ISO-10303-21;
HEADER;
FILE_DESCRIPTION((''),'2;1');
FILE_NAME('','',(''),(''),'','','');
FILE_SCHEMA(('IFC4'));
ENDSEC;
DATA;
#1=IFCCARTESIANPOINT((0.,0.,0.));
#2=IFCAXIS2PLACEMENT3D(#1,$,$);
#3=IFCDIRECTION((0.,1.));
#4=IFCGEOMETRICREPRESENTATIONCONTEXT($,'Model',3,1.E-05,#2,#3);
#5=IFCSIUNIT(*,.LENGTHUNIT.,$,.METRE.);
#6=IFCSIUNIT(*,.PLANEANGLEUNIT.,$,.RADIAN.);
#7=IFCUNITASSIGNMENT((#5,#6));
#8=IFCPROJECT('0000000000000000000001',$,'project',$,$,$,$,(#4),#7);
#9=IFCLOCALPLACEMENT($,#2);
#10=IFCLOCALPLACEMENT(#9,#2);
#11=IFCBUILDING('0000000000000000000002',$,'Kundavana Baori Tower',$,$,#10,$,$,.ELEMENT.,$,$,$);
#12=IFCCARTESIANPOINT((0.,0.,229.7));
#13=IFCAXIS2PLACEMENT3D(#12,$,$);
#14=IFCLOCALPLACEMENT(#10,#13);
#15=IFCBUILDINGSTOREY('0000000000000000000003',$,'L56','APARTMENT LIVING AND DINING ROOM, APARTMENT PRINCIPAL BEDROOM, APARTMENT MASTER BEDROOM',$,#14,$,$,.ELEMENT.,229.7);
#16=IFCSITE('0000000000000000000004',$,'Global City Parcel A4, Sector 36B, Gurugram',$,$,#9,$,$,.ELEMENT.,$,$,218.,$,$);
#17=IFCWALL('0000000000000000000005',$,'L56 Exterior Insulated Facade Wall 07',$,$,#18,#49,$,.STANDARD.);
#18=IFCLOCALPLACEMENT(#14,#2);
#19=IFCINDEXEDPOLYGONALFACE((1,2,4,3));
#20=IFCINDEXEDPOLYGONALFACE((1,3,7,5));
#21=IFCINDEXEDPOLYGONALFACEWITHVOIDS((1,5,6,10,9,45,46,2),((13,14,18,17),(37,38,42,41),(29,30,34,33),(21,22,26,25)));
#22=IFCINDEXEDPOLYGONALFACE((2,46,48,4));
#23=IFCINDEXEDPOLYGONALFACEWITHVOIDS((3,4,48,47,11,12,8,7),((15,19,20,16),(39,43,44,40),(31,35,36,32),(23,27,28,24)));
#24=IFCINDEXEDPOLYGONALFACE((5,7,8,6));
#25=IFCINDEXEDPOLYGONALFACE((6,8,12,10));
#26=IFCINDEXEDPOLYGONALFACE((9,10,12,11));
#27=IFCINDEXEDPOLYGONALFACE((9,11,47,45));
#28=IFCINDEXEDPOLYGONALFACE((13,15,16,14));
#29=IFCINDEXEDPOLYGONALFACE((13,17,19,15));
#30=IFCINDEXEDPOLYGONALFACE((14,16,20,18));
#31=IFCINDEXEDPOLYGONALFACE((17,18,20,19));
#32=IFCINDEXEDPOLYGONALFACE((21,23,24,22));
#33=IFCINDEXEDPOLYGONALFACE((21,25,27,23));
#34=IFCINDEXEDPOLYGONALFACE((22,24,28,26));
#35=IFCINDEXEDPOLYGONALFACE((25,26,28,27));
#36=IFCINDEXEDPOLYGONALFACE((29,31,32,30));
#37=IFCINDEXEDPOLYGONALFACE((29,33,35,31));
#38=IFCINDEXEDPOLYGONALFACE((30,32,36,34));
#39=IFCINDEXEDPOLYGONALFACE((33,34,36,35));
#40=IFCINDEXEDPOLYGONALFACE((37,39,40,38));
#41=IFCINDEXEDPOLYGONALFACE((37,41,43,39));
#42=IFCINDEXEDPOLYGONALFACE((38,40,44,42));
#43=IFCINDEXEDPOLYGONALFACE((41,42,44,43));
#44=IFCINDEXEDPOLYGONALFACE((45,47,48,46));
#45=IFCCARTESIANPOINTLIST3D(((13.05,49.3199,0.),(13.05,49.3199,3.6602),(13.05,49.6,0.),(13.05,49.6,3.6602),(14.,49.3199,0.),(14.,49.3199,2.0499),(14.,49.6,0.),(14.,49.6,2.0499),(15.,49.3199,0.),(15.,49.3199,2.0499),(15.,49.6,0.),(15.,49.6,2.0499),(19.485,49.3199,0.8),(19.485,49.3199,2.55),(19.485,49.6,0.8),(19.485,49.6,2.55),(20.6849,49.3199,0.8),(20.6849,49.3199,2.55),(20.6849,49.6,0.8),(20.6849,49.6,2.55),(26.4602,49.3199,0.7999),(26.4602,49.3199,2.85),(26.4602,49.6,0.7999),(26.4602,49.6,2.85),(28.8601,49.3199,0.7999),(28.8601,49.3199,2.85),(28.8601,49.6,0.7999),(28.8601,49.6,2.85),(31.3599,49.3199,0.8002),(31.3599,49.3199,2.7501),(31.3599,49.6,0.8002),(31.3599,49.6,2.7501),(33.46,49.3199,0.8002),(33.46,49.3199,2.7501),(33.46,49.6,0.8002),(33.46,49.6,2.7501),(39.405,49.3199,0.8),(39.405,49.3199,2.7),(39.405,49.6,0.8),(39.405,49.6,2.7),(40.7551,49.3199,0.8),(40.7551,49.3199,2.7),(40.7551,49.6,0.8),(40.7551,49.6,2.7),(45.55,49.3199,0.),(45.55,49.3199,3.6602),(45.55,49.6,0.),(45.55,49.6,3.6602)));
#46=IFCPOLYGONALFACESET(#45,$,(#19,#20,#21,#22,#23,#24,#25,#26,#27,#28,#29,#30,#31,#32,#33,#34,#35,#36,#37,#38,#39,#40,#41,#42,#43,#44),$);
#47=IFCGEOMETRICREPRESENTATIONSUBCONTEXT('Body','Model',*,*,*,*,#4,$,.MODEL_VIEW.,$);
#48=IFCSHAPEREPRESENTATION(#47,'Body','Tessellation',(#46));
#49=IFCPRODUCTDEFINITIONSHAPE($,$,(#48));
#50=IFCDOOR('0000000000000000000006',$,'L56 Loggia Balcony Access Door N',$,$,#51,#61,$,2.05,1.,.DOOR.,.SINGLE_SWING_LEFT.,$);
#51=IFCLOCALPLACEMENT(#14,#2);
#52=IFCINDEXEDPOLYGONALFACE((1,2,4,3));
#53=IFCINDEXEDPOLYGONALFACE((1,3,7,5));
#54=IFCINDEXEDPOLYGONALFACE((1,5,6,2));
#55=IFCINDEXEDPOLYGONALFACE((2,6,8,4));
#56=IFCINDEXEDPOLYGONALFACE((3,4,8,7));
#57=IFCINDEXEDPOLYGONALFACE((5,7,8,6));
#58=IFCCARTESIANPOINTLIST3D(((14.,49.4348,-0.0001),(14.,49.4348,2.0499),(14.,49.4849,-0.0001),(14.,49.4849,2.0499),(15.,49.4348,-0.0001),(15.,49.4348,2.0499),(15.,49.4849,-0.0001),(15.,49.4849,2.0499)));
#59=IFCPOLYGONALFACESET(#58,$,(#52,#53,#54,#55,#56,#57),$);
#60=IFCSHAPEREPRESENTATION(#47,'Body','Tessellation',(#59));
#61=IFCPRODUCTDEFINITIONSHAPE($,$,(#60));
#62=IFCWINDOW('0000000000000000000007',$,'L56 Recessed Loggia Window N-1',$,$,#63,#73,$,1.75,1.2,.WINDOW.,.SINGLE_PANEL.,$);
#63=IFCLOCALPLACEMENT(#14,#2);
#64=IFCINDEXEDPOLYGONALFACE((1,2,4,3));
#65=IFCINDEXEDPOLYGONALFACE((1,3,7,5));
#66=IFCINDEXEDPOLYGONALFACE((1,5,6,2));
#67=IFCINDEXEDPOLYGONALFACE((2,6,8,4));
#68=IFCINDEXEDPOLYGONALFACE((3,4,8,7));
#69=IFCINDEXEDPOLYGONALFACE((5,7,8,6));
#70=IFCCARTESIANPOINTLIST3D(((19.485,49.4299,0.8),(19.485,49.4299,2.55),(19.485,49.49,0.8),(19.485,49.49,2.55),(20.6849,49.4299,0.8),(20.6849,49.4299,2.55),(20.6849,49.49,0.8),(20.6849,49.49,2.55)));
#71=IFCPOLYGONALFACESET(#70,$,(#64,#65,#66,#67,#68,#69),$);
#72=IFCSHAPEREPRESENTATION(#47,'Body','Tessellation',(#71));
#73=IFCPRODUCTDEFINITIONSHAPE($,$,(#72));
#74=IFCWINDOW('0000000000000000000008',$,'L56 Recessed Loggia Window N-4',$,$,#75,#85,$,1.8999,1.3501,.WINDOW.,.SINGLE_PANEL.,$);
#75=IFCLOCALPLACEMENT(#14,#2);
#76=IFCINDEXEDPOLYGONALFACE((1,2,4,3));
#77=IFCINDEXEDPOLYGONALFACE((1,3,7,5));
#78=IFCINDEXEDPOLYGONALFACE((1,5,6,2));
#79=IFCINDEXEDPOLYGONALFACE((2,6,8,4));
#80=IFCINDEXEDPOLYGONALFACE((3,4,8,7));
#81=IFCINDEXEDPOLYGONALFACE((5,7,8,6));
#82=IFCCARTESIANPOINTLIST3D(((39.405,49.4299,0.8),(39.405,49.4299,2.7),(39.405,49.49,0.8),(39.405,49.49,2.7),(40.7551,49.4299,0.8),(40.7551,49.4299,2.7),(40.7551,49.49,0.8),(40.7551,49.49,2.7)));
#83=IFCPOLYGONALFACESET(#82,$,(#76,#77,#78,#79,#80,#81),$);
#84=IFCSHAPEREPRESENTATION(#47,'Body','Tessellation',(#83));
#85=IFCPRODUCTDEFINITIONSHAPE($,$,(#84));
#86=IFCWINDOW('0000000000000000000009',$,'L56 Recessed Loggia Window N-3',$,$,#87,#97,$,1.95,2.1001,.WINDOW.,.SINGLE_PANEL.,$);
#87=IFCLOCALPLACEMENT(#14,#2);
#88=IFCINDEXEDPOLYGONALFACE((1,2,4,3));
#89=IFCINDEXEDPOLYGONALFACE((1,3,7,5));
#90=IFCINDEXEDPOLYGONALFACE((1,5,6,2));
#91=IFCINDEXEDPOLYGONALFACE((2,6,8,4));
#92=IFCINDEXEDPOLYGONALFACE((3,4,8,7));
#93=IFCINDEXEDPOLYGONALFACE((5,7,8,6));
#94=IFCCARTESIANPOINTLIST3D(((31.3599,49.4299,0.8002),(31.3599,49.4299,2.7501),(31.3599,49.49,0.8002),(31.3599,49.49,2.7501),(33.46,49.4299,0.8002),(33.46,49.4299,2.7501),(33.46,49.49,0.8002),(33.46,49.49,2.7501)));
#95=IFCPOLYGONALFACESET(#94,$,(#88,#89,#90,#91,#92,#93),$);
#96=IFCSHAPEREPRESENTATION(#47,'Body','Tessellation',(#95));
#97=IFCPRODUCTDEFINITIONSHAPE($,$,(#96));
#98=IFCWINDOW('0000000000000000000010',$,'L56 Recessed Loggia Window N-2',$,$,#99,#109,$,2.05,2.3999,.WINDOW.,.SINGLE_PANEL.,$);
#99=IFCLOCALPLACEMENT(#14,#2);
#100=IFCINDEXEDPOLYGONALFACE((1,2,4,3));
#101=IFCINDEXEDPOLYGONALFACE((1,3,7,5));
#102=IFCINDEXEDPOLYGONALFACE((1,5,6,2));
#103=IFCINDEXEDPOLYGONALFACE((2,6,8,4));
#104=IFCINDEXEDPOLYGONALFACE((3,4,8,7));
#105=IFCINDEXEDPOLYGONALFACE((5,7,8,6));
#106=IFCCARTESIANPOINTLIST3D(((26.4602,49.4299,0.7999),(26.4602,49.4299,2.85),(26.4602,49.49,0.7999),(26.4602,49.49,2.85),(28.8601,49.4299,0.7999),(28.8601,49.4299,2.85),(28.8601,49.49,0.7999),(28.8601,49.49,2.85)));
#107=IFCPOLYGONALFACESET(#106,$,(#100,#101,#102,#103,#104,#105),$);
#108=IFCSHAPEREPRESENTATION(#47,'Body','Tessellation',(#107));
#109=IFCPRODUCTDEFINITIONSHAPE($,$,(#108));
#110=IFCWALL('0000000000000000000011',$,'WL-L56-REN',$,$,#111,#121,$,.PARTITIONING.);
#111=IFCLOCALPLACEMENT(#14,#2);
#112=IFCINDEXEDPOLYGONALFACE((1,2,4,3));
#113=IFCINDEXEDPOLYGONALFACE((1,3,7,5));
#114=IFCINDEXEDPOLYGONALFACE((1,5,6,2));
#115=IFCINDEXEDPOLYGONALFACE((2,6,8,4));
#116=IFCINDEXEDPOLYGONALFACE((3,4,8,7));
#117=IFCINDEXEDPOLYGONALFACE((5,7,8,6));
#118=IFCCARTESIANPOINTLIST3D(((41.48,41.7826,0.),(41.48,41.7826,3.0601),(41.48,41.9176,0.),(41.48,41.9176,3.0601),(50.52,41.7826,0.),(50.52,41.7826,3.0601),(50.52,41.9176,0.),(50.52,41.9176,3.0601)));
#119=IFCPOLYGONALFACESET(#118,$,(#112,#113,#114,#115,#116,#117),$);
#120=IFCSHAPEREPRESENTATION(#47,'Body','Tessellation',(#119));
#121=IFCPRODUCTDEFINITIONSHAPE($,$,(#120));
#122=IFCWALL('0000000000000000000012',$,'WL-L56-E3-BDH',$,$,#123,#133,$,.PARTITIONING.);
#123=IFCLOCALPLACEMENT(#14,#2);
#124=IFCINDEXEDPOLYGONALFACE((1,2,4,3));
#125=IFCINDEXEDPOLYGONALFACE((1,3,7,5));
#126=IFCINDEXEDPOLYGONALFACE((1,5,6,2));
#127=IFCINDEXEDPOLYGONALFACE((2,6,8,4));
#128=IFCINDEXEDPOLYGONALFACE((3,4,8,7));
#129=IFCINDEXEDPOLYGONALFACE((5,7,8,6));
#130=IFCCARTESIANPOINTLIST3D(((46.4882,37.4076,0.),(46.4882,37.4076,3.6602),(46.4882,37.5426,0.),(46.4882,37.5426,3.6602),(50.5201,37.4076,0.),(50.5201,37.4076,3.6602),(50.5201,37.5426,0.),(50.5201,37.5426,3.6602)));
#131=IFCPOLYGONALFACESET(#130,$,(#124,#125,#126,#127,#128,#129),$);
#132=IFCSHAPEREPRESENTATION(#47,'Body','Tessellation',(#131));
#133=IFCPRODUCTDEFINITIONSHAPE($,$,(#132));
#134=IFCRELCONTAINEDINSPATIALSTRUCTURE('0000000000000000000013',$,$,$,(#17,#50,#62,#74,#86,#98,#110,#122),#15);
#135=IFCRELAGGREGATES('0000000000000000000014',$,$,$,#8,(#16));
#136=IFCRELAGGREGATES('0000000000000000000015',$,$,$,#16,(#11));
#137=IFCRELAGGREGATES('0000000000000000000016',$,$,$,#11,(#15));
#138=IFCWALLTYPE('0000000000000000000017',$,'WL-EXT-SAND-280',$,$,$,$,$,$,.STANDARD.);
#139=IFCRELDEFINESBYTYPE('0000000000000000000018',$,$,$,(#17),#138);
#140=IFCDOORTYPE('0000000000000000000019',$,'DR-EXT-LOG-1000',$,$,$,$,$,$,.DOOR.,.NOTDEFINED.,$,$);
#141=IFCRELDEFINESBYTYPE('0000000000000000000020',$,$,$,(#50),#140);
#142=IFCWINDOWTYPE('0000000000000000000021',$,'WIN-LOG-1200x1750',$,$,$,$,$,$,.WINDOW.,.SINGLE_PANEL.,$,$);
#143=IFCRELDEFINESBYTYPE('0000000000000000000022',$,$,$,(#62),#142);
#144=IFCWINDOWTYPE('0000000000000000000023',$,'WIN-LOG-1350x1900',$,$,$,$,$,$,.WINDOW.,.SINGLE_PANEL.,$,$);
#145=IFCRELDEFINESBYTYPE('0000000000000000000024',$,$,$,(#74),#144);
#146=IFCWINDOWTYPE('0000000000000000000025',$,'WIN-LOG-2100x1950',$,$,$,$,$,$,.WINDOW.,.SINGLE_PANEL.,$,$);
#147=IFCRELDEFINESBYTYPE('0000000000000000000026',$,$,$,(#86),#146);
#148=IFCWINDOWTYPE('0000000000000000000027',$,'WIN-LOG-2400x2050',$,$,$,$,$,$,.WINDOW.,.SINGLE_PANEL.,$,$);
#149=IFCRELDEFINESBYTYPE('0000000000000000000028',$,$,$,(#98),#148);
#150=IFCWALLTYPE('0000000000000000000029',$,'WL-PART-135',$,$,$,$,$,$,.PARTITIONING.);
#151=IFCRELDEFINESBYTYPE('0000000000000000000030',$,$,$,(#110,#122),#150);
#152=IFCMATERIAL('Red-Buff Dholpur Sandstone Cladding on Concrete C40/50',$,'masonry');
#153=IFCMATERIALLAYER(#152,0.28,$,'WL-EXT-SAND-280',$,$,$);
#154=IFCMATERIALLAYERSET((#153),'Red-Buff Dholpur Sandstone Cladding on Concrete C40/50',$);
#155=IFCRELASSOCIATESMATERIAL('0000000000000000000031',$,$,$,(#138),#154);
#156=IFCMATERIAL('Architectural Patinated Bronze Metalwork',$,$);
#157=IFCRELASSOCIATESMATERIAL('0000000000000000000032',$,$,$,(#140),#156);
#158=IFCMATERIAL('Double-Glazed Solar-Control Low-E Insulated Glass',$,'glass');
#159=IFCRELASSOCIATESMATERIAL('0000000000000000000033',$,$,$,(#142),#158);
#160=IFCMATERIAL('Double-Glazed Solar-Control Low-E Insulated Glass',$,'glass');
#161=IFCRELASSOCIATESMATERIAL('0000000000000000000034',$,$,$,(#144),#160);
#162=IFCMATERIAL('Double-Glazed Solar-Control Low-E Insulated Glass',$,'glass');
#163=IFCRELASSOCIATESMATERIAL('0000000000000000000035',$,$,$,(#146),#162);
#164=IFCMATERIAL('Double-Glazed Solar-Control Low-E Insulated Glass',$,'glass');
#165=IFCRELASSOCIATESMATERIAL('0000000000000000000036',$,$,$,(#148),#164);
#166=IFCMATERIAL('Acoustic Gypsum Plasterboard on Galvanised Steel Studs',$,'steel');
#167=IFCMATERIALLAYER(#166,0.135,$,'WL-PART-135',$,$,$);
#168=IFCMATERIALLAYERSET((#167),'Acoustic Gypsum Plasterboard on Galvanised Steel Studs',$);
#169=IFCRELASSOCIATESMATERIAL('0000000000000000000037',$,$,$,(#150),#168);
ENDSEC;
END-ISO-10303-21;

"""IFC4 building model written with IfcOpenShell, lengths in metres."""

from ifc_helpers import new_model, si_unit, direction, frame, frame_2d, origin, place, context, subcontext, project, spatial, rectangle, extrude, material, layer, layer_set, type_object, element, fill, save


model = new_model("IFC4")

# Units and contexts
model_context = context("Model", 3, precision=1e-05, world=origin(), true_north=direction((0.0, 1.0)))
body_context = subcontext(model_context, "Body", "Model", "MODEL_VIEW")
ifc_project = project(units=[si_unit("LENGTHUNIT", "METRE"), si_unit("PLANEANGLEUNIT", "RADIAN")], contexts=[model_context])

# Site, building, storey
site_placement = place(None, origin())
site = spatial("IfcSite", under=ifc_project, at=site_placement, Name="Global City Parcel A4, Sector 36B, Gurugram", CompositionType="ELEMENT", RefElevation=218.0)
building_placement = place(site_placement, origin())
building = spatial("IfcBuilding", under=site, at=building_placement, Name="Kundavana Baori Tower", CompositionType="ELEMENT")
storey_placement = place(building_placement, frame((0.0, 0.0, 229.7)))
storey = spatial("IfcBuildingStorey", under=building, at=storey_placement, Name="L56", Description="APARTMENT LIVING AND DINING ROOM, APARTMENT PRINCIPAL BEDROOM, APARTMENT MASTER BEDROOM", CompositionType="ELEMENT", Elevation=229.7)

# Shared definitions
ifc_material_1 = material(Name="Red-Buff Dholpur Sandstone Cladding on Concrete C40/50", Category="masonry")
ifc_layer_1 = layer(ifc_material_1, 0.28, Name="WL-EXT-SAND-280")
ifc_layer_set_1 = layer_set([ifc_layer_1], Name="Red-Buff Dholpur Sandstone Cladding on Concrete C40/50")
wall_type_1 = type_object("IfcWallType", Name="WL-EXT-SAND-280", PredefinedType="STANDARD", material=ifc_layer_set_1)

# Wall, openings, door, windows
wall_1_placement = place(storey_placement, frame((45.55, 49.46, 0.0), z_axis=(0.0, 0.0, 1.0), x_axis=(-1.0, 0.0, 0.0)))
wall_1 = element("IfcWall", 1, at=wall_1_placement, inside=storey, type_object=wall_type_1, Name="L56 Exterior Insulated Facade Wall 07", PredefinedType="STANDARD", context=body_context, shape_type="SweptSolid", body=[
    extrude(rectangle(XDim=32.5, YDim=0.28, at=frame_2d((16.25, 0.0))), origin(), (0.0, 0.0, 1.0), 3.6602),
])
opening_1_placement = place(wall_1_placement, frame((30.55, 0.0, 0.0)))
opening_1 = element("IfcOpeningElement", 2, at=opening_1_placement, cuts=wall_1, PredefinedType="OPENING", context=body_context, shape_type="SweptSolid", body=[
    extrude(rectangle(XDim=1.0, YDim=2.05, at=frame_2d((0.5, 1.0249))), frame((0.0, 0.1499, 0.0), z_axis=(0.0, -1.0, 0.0), x_axis=(1.0, 0.0, 0.0)), (0.0, 0.0, 1.0), 0.3),
])
opening_2_placement = place(wall_1_placement, frame((24.865, 0.0, 0.8)))
opening_2 = element("IfcOpeningElement", 3, at=opening_2_placement, cuts=wall_1, PredefinedType="OPENING", context=body_context, shape_type="SweptSolid", body=[
    extrude(rectangle(XDim=1.2, YDim=1.75, at=frame_2d((0.6001, 0.875))), frame((0.0, 0.1499, 0.0), z_axis=(0.0, -1.0, 0.0), x_axis=(1.0, 0.0, 0.0)), (0.0, 0.0, 1.0), 0.3),
])
opening_3_placement = place(wall_1_placement, frame((16.6899, 0.0, 0.8)))
opening_3 = element("IfcOpeningElement", 4, at=opening_3_placement, cuts=wall_1, PredefinedType="OPENING", context=body_context, shape_type="SweptSolid", body=[
    extrude(rectangle(XDim=2.3999, YDim=2.05, at=frame_2d((1.2, 1.0249))), frame((0.0, 0.1499, 0.0), z_axis=(0.0, -1.0, 0.0), x_axis=(1.0, 0.0, 0.0)), (0.0, 0.0, 1.0), 0.3),
])
opening_4_placement = place(wall_1_placement, frame((12.0901, 0.0, 0.8)))
opening_4 = element("IfcOpeningElement", 5, at=opening_4_placement, cuts=wall_1, PredefinedType="OPENING", context=body_context, shape_type="SweptSolid", body=[
    extrude(rectangle(XDim=2.1001, YDim=1.95, at=frame_2d((1.05, 0.9751))), frame((0.0, 0.1499, 0.0), z_axis=(0.0, -1.0, 0.0), x_axis=(1.0, 0.0, 0.0)), (0.0, 0.0, 1.0), 0.3),
])
opening_5_placement = place(wall_1_placement, frame((4.7949, 0.0, 0.8)))
opening_5 = element("IfcOpeningElement", 6, at=opening_5_placement, cuts=wall_1, PredefinedType="OPENING", context=body_context, shape_type="SweptSolid", body=[
    extrude(rectangle(XDim=1.3501, YDim=1.8999, at=frame_2d((0.675, 0.95))), frame((0.0, 0.1499, 0.0), z_axis=(0.0, -1.0, 0.0), x_axis=(1.0, 0.0, 0.0)), (0.0, 0.0, 1.0), 0.3),
])
ifc_material_2 = material(Name="Architectural Patinated Bronze Metalwork")
door_type_1 = type_object("IfcDoorType", Name="DR-EXT-LOG-1000", OperationType="NOTDEFINED", PredefinedType="DOOR", material=ifc_material_2)
door_1_placement = place(opening_1_placement, frame((1.0, 0.0, 0.0), z_axis=(0.0, 0.0, 1.0), x_axis=(-1.0, 0.0, 0.0)))
door_1 = element("IfcDoor", 7, at=door_1_placement, inside=storey, type_object=door_type_1, Name="L56 Loggia Balcony Access Door N", OperationType="SINGLE_SWING_LEFT", OverallHeight=2.05, OverallWidth=1.0, PredefinedType="DOOR", context=body_context, shape_type="SweptSolid", body=[
    extrude(rectangle(XDim=1.0, YDim=2.05, at=frame_2d((0.5, 1.0249))), frame((0.0, 0.0249, 0.0), z_axis=(0.0, -1.0, 0.0), x_axis=(1.0, 0.0, 0.0)), (0.0, 0.0, 1.0), 0.05),
])
fill(opening_1, door_1)
ifc_material_3 = material(Name="Double-Glazed Solar-Control Low-E Insulated Glass", Category="glass")
window_type_1 = type_object("IfcWindowType", Name="WIN-LOG-1200x1750", PartitioningType="SINGLE_PANEL", PredefinedType="WINDOW", material=ifc_material_3)
window_1_placement = place(opening_2_placement, origin())
window_1 = element("IfcWindow", 8, at=window_1_placement, inside=storey, type_object=window_type_1, Name="L56 Recessed Loggia Window N-1", OverallHeight=1.75, OverallWidth=1.2, PartitioningType="SINGLE_PANEL", PredefinedType="WINDOW", context=body_context, shape_type="SweptSolid", body=[
    extrude(rectangle(XDim=1.2, YDim=1.75, at=frame_2d((0.6001, 0.875))), frame((0.0, 0.03, 0.0), z_axis=(0.0, -1.0, 0.0), x_axis=(1.0, 0.0, 0.0)), (0.0, 0.0, 1.0), 0.0601),
])
fill(opening_2, window_1)
ifc_material_4 = material(Name="Double-Glazed Solar-Control Low-E Insulated Glass", Category="glass")
window_type_2 = type_object("IfcWindowType", Name="WIN-LOG-1350x1900", PartitioningType="SINGLE_PANEL", PredefinedType="WINDOW", material=ifc_material_4)
window_2_placement = place(opening_5_placement, origin())
window_2 = element("IfcWindow", 9, at=window_2_placement, inside=storey, type_object=window_type_2, Name="L56 Recessed Loggia Window N-4", OverallHeight=1.8999, OverallWidth=1.3501, PartitioningType="SINGLE_PANEL", PredefinedType="WINDOW", context=body_context, shape_type="SweptSolid", body=[
    extrude(rectangle(XDim=1.3501, YDim=1.8999, at=frame_2d((0.675, 0.95))), frame((0.0, 0.03, 0.0), z_axis=(0.0, -1.0, 0.0), x_axis=(1.0, 0.0, 0.0)), (0.0, 0.0, 1.0), 0.0601),
])
fill(opening_5, window_2)
ifc_material_5 = material(Name="Double-Glazed Solar-Control Low-E Insulated Glass", Category="glass")
window_type_3 = type_object("IfcWindowType", Name="WIN-LOG-2100x1950", PartitioningType="SINGLE_PANEL", PredefinedType="WINDOW", material=ifc_material_5)
window_3_placement = place(opening_4_placement, origin())
window_3 = element("IfcWindow", 10, at=window_3_placement, inside=storey, type_object=window_type_3, Name="L56 Recessed Loggia Window N-3", OverallHeight=1.95, OverallWidth=2.1001, PartitioningType="SINGLE_PANEL", PredefinedType="WINDOW", context=body_context, shape_type="SweptSolid", body=[
    extrude(rectangle(XDim=2.1001, YDim=1.95, at=frame_2d((1.05, 0.9751))), frame((0.0, 0.03, 0.0), z_axis=(0.0, -1.0, 0.0), x_axis=(1.0, 0.0, 0.0)), (0.0, 0.0, 1.0), 0.0601),
])
fill(opening_4, window_3)
ifc_material_6 = material(Name="Double-Glazed Solar-Control Low-E Insulated Glass", Category="glass")
window_type_4 = type_object("IfcWindowType", Name="WIN-LOG-2400x2050", PartitioningType="SINGLE_PANEL", PredefinedType="WINDOW", material=ifc_material_6)
window_4_placement = place(opening_3_placement, origin())
window_4 = element("IfcWindow", 11, at=window_4_placement, inside=storey, type_object=window_type_4, Name="L56 Recessed Loggia Window N-2", OverallHeight=2.05, OverallWidth=2.3999, PartitioningType="SINGLE_PANEL", PredefinedType="WINDOW", context=body_context, shape_type="SweptSolid", body=[
    extrude(rectangle(XDim=2.3999, YDim=2.05, at=frame_2d((1.2, 1.0249))), frame((0.0, 0.03, 0.0), z_axis=(0.0, -1.0, 0.0), x_axis=(1.0, 0.0, 0.0)), (0.0, 0.0, 1.0), 0.0601),
])
fill(opening_3, window_4)

# Walls
ifc_material_7 = material(Name="Acoustic Gypsum Plasterboard on Galvanised Steel Studs", Category="steel")
ifc_layer_2 = layer(ifc_material_7, 0.135, Name="WL-PART-135")
ifc_layer_set_2 = layer_set([ifc_layer_2], Name="Acoustic Gypsum Plasterboard on Galvanised Steel Studs")
wall_type_2 = type_object("IfcWallType", Name="WL-PART-135", PredefinedType="PARTITIONING", material=ifc_layer_set_2)
wall_2_placement = place(storey_placement, frame((41.48, 41.8501, 0.0), z_axis=(0.0, 0.0, 1.0), x_axis=(1.0, 0.0, 0.0)))
element("IfcWall", 12, at=wall_2_placement, inside=storey, type_object=wall_type_2, Name="WL-L56-REN", PredefinedType="PARTITIONING", context=body_context, shape_type="SweptSolid", body=[
    extrude(rectangle(XDim=9.04, YDim=0.135, at=frame_2d((4.52, 0.0))), origin(), (0.0, 0.0, 1.0), 3.0601),
])
wall_3_placement = place(storey_placement, frame((46.488, 37.4751, 0.0), z_axis=(0.0, 0.0, 1.0), x_axis=(1.0, 0.0, 0.0)))
element("IfcWall", 13, at=wall_3_placement, inside=storey, type_object=wall_type_2, Name="WL-L56-E3-BDH", PredefinedType="PARTITIONING", context=body_context, shape_type="SweptSolid", body=[
    extrude(rectangle(XDim=4.032, YDim=0.135, at=frame_2d((2.0161, 0.0))), origin(), (0.0, 0.0, 1.0), 3.6602),
])

save(model, "model.ifc")
